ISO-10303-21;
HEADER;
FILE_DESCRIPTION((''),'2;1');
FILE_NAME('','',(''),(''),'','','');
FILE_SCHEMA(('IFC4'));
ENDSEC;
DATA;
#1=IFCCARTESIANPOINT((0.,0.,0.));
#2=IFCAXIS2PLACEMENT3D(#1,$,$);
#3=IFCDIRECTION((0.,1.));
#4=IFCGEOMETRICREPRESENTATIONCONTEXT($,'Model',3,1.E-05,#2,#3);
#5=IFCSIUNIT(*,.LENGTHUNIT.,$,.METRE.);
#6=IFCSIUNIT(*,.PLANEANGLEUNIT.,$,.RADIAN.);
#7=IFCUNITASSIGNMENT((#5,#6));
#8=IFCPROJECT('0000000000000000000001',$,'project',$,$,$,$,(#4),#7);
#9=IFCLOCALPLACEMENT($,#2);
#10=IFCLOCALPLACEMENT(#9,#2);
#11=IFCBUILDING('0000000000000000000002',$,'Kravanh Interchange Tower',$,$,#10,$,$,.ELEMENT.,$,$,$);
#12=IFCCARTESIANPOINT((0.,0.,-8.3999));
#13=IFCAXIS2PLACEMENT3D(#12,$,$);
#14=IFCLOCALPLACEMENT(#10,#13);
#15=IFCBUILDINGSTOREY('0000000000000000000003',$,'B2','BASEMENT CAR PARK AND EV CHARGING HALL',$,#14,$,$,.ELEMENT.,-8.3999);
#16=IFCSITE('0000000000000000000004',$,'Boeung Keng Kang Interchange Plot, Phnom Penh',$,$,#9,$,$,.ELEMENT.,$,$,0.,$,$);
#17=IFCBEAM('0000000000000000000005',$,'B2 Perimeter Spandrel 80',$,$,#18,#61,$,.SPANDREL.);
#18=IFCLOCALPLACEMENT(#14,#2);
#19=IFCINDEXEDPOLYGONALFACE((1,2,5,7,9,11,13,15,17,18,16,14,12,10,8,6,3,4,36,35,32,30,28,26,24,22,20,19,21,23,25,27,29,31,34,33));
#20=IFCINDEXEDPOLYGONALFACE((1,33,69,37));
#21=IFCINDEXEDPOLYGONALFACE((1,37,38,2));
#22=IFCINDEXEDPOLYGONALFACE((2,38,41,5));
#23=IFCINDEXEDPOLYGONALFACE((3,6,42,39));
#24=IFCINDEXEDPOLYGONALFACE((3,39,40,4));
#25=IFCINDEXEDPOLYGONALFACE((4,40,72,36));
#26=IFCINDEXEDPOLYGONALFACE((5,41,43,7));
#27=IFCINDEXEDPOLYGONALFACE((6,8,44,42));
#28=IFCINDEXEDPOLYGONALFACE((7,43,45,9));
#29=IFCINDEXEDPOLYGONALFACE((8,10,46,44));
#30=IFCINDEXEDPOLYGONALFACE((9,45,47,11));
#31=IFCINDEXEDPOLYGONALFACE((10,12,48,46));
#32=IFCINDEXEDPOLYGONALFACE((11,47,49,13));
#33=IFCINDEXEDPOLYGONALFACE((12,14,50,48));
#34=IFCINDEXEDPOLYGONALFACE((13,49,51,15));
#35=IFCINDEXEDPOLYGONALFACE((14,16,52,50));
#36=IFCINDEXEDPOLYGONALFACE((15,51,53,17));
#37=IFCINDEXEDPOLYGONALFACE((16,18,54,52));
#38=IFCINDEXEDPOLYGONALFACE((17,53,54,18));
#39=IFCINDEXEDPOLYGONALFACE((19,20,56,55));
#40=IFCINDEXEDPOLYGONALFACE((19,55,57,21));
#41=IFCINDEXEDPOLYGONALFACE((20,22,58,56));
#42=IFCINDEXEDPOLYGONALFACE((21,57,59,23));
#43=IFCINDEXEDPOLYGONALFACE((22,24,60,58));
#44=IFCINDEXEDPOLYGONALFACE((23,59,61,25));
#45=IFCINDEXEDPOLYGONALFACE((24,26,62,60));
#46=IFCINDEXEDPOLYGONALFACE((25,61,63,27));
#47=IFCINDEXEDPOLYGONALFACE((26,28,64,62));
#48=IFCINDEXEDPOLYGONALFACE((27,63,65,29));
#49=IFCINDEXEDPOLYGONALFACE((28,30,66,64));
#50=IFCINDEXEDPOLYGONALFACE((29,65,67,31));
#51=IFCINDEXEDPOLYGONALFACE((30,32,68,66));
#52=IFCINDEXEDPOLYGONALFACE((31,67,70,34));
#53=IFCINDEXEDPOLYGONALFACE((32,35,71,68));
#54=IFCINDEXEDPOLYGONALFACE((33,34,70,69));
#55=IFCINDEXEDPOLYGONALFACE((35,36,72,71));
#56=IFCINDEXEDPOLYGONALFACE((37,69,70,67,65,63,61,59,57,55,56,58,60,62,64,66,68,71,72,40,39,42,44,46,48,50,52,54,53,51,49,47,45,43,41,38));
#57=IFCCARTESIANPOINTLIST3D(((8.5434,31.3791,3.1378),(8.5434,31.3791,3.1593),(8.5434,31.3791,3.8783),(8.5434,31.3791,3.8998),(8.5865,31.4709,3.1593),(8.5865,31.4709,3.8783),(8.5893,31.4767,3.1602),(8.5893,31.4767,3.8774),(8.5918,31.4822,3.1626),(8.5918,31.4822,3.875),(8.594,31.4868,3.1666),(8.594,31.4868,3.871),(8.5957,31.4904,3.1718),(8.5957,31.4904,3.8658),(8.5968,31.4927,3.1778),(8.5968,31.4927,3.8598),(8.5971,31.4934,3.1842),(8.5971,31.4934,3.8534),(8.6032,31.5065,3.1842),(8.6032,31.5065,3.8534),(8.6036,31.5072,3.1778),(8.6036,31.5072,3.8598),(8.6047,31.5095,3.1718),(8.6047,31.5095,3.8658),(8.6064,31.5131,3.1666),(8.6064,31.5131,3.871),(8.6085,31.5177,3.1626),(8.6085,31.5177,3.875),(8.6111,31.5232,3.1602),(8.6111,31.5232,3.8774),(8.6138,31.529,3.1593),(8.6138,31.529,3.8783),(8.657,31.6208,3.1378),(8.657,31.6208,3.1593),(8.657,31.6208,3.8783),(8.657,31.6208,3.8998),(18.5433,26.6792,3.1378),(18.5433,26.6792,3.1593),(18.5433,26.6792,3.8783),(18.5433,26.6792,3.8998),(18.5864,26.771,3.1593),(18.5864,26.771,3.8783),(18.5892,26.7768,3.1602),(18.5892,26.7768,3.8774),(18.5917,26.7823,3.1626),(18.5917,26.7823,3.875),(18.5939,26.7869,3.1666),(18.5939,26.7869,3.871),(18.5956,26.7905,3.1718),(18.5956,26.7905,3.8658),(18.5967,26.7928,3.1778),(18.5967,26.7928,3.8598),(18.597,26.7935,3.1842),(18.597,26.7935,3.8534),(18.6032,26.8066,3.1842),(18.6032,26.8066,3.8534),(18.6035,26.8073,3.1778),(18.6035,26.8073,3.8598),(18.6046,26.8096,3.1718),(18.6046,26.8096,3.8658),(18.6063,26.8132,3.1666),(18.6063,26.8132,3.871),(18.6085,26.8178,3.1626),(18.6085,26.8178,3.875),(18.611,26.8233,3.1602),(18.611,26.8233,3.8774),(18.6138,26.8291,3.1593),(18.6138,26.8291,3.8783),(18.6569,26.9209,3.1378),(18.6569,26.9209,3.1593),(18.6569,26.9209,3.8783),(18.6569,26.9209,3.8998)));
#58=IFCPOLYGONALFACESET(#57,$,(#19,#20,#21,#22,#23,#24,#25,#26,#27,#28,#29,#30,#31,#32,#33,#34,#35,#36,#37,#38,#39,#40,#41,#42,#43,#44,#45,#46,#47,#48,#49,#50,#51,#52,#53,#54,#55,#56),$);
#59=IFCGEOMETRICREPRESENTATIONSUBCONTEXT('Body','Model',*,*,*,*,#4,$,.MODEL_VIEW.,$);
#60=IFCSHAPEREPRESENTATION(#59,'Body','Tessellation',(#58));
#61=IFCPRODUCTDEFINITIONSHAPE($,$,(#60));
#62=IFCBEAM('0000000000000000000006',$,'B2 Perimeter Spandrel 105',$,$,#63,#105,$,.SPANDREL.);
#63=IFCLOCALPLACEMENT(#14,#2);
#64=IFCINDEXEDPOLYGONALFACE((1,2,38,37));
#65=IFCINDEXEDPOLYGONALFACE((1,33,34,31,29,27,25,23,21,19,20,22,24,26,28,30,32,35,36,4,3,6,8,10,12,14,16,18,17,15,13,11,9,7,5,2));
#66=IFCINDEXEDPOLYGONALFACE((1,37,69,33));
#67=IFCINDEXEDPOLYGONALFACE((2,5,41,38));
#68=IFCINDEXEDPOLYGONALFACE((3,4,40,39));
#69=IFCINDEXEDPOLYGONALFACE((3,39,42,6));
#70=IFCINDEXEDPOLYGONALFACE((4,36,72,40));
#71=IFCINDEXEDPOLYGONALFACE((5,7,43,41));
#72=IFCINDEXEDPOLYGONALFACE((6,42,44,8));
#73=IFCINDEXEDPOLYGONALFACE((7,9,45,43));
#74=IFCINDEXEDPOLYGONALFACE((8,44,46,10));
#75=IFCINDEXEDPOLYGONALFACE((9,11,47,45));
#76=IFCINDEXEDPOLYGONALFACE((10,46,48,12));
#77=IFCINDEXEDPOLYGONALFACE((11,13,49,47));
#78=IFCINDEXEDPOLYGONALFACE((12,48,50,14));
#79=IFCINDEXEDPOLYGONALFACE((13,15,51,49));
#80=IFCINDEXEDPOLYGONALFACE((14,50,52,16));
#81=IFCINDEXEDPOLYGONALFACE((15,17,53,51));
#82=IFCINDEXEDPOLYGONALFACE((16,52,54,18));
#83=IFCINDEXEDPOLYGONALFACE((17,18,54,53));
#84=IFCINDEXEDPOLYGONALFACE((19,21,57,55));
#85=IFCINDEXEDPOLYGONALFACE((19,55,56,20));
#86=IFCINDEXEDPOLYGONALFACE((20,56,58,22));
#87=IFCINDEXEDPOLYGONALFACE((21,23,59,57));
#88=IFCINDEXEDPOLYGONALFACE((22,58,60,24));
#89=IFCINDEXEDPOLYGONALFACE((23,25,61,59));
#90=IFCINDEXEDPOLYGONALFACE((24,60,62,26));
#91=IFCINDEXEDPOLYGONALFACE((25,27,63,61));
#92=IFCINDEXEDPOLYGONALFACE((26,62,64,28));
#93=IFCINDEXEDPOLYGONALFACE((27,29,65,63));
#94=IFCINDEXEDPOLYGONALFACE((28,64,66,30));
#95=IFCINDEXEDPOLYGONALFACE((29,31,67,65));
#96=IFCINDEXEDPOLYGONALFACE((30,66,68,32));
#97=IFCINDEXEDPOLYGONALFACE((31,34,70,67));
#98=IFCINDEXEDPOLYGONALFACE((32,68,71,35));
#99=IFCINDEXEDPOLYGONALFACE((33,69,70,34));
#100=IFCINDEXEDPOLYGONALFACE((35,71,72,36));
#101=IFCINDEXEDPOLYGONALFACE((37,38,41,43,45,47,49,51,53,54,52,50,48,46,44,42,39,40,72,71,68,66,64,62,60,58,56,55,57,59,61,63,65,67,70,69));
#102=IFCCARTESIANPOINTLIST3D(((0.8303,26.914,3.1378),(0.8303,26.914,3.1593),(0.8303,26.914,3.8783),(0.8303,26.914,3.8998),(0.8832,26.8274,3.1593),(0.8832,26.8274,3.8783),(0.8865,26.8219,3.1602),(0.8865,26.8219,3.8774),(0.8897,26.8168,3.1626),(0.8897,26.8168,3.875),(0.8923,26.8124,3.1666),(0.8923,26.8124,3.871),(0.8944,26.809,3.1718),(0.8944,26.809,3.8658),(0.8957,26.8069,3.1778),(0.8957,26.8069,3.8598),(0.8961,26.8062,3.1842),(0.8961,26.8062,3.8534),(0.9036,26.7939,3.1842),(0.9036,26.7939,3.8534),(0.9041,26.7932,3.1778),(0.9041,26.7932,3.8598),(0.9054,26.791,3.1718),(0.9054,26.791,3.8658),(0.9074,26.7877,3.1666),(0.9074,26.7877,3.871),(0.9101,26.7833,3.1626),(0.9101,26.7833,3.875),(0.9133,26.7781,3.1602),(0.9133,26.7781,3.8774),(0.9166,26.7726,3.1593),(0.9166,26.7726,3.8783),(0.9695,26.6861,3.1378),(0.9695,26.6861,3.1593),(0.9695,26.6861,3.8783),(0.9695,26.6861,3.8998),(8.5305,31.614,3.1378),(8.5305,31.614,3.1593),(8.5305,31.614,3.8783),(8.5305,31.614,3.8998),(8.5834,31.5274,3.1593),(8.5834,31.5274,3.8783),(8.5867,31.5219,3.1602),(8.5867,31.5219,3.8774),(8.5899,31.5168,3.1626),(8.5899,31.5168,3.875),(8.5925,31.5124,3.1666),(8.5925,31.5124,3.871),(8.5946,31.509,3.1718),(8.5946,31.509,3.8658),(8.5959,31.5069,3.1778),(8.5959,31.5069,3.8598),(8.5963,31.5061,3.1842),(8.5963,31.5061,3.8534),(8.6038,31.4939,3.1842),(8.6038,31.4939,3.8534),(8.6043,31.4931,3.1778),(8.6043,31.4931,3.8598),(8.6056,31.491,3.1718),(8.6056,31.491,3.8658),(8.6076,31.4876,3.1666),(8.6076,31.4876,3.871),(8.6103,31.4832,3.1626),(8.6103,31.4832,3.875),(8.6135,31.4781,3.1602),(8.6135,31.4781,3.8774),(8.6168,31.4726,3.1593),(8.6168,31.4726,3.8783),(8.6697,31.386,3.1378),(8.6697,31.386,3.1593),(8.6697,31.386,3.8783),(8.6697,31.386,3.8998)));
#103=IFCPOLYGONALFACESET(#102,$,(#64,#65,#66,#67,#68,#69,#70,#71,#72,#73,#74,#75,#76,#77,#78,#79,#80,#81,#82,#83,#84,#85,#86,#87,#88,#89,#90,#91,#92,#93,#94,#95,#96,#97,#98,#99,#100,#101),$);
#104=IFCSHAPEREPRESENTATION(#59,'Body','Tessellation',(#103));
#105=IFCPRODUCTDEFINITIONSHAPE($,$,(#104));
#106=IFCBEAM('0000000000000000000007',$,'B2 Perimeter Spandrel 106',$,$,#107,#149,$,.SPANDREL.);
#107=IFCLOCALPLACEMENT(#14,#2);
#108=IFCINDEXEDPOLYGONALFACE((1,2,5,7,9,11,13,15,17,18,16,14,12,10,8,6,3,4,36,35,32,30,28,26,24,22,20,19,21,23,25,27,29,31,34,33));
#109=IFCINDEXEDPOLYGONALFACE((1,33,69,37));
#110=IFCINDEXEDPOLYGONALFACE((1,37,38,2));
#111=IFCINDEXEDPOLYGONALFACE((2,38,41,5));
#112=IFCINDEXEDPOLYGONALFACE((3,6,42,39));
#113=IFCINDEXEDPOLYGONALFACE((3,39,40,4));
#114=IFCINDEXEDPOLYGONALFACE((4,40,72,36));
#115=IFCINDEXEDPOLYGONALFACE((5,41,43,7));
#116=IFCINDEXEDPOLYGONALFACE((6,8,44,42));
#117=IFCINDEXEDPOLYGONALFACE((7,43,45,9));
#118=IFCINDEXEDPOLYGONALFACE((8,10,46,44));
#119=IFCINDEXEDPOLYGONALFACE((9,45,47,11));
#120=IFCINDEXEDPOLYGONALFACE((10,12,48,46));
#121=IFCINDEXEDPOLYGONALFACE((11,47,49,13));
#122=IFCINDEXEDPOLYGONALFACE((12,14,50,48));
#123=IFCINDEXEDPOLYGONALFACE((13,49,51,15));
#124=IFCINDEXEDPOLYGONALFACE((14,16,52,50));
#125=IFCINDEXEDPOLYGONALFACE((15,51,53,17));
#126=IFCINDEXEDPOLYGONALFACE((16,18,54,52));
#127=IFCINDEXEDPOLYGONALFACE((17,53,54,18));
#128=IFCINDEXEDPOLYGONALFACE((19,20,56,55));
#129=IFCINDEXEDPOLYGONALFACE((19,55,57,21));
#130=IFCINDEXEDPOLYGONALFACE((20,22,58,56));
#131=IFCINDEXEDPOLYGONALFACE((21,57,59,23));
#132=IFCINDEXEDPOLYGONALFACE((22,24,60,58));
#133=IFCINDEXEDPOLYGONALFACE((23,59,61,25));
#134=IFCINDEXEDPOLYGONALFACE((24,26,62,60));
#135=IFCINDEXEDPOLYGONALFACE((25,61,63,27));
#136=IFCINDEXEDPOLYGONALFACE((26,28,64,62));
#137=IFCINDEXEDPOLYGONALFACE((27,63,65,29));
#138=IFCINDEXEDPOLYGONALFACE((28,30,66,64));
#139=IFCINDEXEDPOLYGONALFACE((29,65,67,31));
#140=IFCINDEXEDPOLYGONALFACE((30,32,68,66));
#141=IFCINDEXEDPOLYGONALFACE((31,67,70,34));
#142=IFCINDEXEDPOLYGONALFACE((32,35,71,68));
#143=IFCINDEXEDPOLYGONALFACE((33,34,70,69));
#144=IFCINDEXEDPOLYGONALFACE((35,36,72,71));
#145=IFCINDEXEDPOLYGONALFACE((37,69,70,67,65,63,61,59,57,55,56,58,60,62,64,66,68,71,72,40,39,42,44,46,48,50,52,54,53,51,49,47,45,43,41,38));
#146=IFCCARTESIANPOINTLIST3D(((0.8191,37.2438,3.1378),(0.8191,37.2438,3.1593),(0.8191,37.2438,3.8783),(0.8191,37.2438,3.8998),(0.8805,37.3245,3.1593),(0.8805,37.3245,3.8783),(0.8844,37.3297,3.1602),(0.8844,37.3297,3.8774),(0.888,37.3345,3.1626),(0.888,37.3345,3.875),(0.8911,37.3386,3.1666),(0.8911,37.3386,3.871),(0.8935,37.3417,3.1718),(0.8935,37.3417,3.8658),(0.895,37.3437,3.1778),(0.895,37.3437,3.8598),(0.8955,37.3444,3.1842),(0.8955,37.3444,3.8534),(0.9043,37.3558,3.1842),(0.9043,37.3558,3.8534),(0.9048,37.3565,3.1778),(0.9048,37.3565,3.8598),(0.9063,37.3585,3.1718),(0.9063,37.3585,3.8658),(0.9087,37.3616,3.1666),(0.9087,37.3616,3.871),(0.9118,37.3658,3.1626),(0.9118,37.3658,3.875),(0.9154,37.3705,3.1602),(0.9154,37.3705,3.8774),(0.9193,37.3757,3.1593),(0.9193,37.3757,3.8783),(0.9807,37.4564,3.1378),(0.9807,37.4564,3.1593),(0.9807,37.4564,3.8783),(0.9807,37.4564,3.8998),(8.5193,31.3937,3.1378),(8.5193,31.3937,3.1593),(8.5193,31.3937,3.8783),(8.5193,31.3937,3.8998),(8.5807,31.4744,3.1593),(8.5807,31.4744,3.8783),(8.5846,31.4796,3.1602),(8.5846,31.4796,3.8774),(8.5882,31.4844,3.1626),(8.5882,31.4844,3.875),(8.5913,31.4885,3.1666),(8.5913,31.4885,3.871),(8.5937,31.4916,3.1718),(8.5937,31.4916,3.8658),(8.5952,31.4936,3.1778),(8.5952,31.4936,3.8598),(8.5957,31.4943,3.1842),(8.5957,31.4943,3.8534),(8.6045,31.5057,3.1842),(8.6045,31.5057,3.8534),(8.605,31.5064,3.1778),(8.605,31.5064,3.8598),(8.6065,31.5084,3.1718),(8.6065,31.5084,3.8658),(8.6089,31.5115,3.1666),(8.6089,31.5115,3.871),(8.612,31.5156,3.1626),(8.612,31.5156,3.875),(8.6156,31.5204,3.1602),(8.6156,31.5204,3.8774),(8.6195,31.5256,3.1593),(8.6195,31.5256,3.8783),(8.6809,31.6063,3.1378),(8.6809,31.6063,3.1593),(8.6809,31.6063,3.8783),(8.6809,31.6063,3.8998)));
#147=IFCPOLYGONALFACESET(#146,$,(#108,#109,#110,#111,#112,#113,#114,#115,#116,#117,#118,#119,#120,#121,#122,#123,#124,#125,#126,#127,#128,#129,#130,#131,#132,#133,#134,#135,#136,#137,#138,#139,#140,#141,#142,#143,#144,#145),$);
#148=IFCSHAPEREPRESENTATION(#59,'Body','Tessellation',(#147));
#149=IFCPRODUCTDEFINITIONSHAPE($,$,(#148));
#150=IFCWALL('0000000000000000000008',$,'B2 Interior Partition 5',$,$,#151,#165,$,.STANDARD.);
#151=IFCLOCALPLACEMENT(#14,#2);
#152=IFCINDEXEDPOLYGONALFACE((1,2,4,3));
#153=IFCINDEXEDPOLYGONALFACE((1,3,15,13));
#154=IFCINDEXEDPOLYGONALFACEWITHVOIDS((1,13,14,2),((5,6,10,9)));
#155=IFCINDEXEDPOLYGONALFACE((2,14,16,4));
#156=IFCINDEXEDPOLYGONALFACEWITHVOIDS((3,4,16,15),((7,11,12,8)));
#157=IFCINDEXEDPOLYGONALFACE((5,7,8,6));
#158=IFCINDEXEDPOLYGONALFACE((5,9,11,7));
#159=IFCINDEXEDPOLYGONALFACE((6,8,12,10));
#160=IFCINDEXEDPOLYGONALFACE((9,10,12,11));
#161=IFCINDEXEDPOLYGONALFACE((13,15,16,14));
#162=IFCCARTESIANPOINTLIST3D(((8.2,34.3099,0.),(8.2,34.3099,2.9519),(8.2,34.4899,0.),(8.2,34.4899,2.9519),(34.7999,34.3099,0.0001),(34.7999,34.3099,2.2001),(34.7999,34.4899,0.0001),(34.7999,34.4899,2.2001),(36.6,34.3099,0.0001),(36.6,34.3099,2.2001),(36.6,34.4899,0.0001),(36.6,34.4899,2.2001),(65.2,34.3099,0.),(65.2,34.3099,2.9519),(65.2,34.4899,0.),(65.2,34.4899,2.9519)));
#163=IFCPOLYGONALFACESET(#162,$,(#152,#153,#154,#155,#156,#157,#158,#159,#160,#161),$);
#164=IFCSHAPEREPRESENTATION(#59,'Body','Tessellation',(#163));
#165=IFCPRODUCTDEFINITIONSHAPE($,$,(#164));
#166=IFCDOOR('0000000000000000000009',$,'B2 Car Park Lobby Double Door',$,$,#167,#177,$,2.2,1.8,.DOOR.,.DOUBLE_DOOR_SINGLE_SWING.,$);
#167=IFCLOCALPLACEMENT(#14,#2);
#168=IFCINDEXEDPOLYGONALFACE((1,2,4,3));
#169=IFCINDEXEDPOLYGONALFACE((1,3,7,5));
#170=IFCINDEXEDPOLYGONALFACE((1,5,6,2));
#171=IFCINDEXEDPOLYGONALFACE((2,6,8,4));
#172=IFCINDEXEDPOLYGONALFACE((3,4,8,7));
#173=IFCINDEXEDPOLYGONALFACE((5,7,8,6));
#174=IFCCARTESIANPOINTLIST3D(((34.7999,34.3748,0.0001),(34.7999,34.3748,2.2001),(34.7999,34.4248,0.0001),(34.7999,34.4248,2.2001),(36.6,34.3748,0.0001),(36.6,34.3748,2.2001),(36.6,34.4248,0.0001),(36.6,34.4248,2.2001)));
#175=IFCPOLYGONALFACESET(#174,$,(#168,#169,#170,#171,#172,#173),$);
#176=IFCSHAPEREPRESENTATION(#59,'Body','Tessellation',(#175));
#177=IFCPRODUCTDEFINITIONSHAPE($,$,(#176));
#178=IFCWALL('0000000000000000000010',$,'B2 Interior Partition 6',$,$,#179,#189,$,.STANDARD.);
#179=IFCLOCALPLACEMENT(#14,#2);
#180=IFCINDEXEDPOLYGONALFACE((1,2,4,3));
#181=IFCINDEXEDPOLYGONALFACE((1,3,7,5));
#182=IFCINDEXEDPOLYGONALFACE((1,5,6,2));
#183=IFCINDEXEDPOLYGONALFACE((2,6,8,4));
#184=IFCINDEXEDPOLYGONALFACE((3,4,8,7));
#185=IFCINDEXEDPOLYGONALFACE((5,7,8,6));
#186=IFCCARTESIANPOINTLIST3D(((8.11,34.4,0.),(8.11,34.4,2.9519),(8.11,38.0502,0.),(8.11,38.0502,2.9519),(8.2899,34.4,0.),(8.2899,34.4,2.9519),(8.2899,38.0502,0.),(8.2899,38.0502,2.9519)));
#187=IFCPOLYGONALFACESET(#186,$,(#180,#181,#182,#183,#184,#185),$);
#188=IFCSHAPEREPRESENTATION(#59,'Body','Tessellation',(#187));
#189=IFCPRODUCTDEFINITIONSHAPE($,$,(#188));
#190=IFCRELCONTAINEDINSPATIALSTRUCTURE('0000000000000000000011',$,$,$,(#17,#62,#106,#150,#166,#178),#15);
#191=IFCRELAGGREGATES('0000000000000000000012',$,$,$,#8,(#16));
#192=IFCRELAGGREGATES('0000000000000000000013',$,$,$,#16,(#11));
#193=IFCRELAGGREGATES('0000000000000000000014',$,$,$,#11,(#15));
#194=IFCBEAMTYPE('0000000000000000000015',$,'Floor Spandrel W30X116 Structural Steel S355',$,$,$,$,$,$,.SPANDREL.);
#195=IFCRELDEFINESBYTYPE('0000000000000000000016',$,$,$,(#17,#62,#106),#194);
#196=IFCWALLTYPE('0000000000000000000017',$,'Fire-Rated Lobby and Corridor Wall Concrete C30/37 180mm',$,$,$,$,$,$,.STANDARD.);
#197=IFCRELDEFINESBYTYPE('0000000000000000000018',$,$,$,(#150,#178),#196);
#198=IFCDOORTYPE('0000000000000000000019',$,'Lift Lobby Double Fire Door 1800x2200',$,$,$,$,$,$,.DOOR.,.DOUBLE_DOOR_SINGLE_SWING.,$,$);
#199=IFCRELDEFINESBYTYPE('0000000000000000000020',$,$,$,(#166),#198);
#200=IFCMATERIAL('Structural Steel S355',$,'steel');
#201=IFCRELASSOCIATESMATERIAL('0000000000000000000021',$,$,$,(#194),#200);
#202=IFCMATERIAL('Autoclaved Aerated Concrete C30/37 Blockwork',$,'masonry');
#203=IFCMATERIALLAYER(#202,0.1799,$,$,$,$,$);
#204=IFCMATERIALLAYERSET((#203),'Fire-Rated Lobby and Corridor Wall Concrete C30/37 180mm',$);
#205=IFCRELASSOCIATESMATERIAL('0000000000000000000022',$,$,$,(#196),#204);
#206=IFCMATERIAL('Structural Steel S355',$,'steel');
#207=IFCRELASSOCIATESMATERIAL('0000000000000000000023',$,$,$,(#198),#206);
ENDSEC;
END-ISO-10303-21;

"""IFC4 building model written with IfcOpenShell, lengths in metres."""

from ifc_helpers import new_model, si_unit, direction, frame, frame_2d, origin, origin_2d, place, context, subcontext, project, spatial, rectangle, i_section, extrude, material, layer, layer_set, material_profile, profile_set, type_object, element, fill, save


model = new_model("IFC4")

# Units and contexts
model_context = context("Model", 3, precision=1e-05, world=origin(), true_north=direction((0.0, 1.0)))
body_context = subcontext(model_context, "Body", "Model", "MODEL_VIEW")
ifc_project = project(units=[si_unit("LENGTHUNIT", "METRE"), si_unit("PLANEANGLEUNIT", "RADIAN")], contexts=[model_context])

# Site, building, storey
site_placement = place(None, origin())
site = spatial("IfcSite", under=ifc_project, at=site_placement, Name="Boeung Keng Kang Interchange Plot, Phnom Penh", CompositionType="ELEMENT", RefElevation=0.0)
building_placement = place(site_placement, origin())
building = spatial("IfcBuilding", under=site, at=building_placement, Name="Kravanh Interchange Tower", CompositionType="ELEMENT")
storey_placement = place(building_placement, frame((0.0, 0.0, -8.3999)))
storey = spatial("IfcBuildingStorey", under=building, at=storey_placement, Name="B2", Description="BASEMENT CAR PARK AND EV CHARGING HALL", CompositionType="ELEMENT", Elevation=-8.3999)

# Beams
ifc_material_1 = material(Name="Structural Steel S355", Category="steel")
ifc_material_profile_1 = material_profile(ifc_material_1, i_section(OverallWidth=0.2671, OverallDepth=0.762, WebThickness=0.0144, FlangeThickness=0.0215, FilletRadius=0.0249, at=origin_2d()), Name="W30X116")
ifc_profile_set_1 = profile_set([ifc_material_profile_1], Name="Structural Steel S355")
beam_type_1 = type_object("IfcBeamType", Name="Floor Spandrel W30X116 Structural Steel S355", PredefinedType="SPANDREL", material=ifc_profile_set_1)
beam_1_placement = place(storey_placement, frame((18.6001, 26.8, 3.5188), z_axis=(-0.905025, 0.425358, 0.0), x_axis=(-0.425358, -0.905025, 0.0)))
element("IfcBeam", 1, at=beam_1_placement, inside=storey, type_object=beam_type_1, Name="B2 Perimeter Spandrel 80", PredefinedType="SPANDREL", context=body_context, shape_type="SweptSolid", body=[
    extrude(i_section(OverallWidth=0.2671, OverallDepth=0.762, WebThickness=0.0144, FlangeThickness=0.0215, FilletRadius=0.0249, at=origin_2d()), origin(), (0.0, 0.0, 1.0), 11.0493),
])
beam_2_placement = place(storey_placement, frame((8.6001, 31.5, 3.5188), z_axis=(-0.853564, -0.520988, 0.0), x_axis=(0.520988, -0.853564, 0.0)))
element("IfcBeam", 2, at=beam_2_placement, inside=storey, type_object=beam_type_1, Name="B2 Perimeter Spandrel 105", PredefinedType="SPANDREL", context=body_context, shape_type="SweptSolid", body=[
    extrude(i_section(OverallWidth=0.2671, OverallDepth=0.762, WebThickness=0.0144, FlangeThickness=0.0215, FilletRadius=0.0249, at=origin_2d()), origin(), (0.0, 0.0, 1.0), 9.0212),
])
beam_3_placement = place(storey_placement, frame((8.6001, 31.5, 3.5188), z_axis=(-0.796264, 0.604949, 0.0), x_axis=(-0.604949, -0.796264, 0.0)))
element("IfcBeam", 3, at=beam_3_placement, inside=storey, type_object=beam_type_1, Name="B2 Perimeter Spandrel 106", PredefinedType="SPANDREL", context=body_context, shape_type="SweptSolid", body=[
    extrude(i_section(OverallWidth=0.2671, OverallDepth=0.762, WebThickness=0.0144, FlangeThickness=0.0215, FilletRadius=0.0249, at=origin_2d()), origin(), (0.0, 0.0, 1.0), 9.6704),
])

# Wall, opening, door
ifc_material_2 = material(Name="Autoclaved Aerated Concrete C30/37 Blockwork", Category="masonry")
ifc_layer = layer(ifc_material_2, 0.1799)
ifc_layer_set = layer_set([ifc_layer], Name="Fire-Rated Lobby and Corridor Wall Concrete C30/37 180mm")
wall_type = type_object("IfcWallType", Name="Fire-Rated Lobby and Corridor Wall Concrete C30/37 180mm", PredefinedType="STANDARD", material=ifc_layer_set)
wall_1_placement = place(storey_placement, frame((8.2, 34.3999, 0.0), z_axis=(0.0, 0.0, 1.0), x_axis=(1.0, 0.0, 0.0)))
wall_1 = element("IfcWall", 4, at=wall_1_placement, inside=storey, type_object=wall_type, Name="B2 Interior Partition 5", PredefinedType="STANDARD", context=body_context, shape_type="SweptSolid", body=[
    extrude(rectangle(XDim=57.0, YDim=0.1799, at=frame_2d((28.5, 0.0))), origin(), (0.0, 0.0, 1.0), 2.9519),
])
opening_placement = place(wall_1_placement, frame((26.6001, 0.0, 0.0)))
opening = element("IfcOpeningElement", 5, at=opening_placement, cuts=wall_1, PredefinedType="OPENING", context=body_context, shape_type="SweptSolid", body=[
    extrude(rectangle(XDim=1.8, YDim=2.2, at=frame_2d((0.8999, 1.1001))), frame((0.0, 0.1001, 0.0), z_axis=(0.0, -1.0, 0.0), x_axis=(1.0, 0.0, 0.0)), (0.0, 0.0, 1.0), 0.2),
])
ifc_material_3 = material(Name="Structural Steel S355", Category="steel")
door_type = type_object("IfcDoorType", Name="Lift Lobby Double Fire Door 1800x2200", OperationType="DOUBLE_DOOR_SINGLE_SWING", PredefinedType="DOOR", material=ifc_material_3)
door_placement = place(opening_placement, origin())
door = element("IfcDoor", 6, at=door_placement, inside=storey, type_object=door_type, Name="B2 Car Park Lobby Double Door", OperationType="DOUBLE_DOOR_SINGLE_SWING", OverallHeight=2.2, OverallWidth=1.8, PredefinedType="DOOR", context=body_context, shape_type="SweptSolid", body=[
    extrude(rectangle(XDim=1.8, YDim=2.2, at=frame_2d((0.8999, 1.1001))), frame((0.0, 0.0249, 0.0), z_axis=(0.0, -1.0, 0.0), x_axis=(1.0, 0.0, 0.0)), (0.0, 0.0, 1.0), 0.05),
])
fill(opening, door)

# Wall
wall_2_placement = place(storey_placement, frame((8.2, 34.3999, 0.0), z_axis=(0.0, 0.0, 1.0), x_axis=(0.0, 1.0, 0.0)))
element("IfcWall", 7, at=wall_2_placement, inside=storey, type_object=wall_type, Name="B2 Interior Partition 6", PredefinedType="STANDARD", context=body_context, shape_type="SweptSolid", body=[
    extrude(rectangle(XDim=3.6501, YDim=0.1799, at=frame_2d((1.8252, 0.0))), origin(), (0.0, 0.0, 1.0), 2.9519),
])

save(model, "model.ifc")
